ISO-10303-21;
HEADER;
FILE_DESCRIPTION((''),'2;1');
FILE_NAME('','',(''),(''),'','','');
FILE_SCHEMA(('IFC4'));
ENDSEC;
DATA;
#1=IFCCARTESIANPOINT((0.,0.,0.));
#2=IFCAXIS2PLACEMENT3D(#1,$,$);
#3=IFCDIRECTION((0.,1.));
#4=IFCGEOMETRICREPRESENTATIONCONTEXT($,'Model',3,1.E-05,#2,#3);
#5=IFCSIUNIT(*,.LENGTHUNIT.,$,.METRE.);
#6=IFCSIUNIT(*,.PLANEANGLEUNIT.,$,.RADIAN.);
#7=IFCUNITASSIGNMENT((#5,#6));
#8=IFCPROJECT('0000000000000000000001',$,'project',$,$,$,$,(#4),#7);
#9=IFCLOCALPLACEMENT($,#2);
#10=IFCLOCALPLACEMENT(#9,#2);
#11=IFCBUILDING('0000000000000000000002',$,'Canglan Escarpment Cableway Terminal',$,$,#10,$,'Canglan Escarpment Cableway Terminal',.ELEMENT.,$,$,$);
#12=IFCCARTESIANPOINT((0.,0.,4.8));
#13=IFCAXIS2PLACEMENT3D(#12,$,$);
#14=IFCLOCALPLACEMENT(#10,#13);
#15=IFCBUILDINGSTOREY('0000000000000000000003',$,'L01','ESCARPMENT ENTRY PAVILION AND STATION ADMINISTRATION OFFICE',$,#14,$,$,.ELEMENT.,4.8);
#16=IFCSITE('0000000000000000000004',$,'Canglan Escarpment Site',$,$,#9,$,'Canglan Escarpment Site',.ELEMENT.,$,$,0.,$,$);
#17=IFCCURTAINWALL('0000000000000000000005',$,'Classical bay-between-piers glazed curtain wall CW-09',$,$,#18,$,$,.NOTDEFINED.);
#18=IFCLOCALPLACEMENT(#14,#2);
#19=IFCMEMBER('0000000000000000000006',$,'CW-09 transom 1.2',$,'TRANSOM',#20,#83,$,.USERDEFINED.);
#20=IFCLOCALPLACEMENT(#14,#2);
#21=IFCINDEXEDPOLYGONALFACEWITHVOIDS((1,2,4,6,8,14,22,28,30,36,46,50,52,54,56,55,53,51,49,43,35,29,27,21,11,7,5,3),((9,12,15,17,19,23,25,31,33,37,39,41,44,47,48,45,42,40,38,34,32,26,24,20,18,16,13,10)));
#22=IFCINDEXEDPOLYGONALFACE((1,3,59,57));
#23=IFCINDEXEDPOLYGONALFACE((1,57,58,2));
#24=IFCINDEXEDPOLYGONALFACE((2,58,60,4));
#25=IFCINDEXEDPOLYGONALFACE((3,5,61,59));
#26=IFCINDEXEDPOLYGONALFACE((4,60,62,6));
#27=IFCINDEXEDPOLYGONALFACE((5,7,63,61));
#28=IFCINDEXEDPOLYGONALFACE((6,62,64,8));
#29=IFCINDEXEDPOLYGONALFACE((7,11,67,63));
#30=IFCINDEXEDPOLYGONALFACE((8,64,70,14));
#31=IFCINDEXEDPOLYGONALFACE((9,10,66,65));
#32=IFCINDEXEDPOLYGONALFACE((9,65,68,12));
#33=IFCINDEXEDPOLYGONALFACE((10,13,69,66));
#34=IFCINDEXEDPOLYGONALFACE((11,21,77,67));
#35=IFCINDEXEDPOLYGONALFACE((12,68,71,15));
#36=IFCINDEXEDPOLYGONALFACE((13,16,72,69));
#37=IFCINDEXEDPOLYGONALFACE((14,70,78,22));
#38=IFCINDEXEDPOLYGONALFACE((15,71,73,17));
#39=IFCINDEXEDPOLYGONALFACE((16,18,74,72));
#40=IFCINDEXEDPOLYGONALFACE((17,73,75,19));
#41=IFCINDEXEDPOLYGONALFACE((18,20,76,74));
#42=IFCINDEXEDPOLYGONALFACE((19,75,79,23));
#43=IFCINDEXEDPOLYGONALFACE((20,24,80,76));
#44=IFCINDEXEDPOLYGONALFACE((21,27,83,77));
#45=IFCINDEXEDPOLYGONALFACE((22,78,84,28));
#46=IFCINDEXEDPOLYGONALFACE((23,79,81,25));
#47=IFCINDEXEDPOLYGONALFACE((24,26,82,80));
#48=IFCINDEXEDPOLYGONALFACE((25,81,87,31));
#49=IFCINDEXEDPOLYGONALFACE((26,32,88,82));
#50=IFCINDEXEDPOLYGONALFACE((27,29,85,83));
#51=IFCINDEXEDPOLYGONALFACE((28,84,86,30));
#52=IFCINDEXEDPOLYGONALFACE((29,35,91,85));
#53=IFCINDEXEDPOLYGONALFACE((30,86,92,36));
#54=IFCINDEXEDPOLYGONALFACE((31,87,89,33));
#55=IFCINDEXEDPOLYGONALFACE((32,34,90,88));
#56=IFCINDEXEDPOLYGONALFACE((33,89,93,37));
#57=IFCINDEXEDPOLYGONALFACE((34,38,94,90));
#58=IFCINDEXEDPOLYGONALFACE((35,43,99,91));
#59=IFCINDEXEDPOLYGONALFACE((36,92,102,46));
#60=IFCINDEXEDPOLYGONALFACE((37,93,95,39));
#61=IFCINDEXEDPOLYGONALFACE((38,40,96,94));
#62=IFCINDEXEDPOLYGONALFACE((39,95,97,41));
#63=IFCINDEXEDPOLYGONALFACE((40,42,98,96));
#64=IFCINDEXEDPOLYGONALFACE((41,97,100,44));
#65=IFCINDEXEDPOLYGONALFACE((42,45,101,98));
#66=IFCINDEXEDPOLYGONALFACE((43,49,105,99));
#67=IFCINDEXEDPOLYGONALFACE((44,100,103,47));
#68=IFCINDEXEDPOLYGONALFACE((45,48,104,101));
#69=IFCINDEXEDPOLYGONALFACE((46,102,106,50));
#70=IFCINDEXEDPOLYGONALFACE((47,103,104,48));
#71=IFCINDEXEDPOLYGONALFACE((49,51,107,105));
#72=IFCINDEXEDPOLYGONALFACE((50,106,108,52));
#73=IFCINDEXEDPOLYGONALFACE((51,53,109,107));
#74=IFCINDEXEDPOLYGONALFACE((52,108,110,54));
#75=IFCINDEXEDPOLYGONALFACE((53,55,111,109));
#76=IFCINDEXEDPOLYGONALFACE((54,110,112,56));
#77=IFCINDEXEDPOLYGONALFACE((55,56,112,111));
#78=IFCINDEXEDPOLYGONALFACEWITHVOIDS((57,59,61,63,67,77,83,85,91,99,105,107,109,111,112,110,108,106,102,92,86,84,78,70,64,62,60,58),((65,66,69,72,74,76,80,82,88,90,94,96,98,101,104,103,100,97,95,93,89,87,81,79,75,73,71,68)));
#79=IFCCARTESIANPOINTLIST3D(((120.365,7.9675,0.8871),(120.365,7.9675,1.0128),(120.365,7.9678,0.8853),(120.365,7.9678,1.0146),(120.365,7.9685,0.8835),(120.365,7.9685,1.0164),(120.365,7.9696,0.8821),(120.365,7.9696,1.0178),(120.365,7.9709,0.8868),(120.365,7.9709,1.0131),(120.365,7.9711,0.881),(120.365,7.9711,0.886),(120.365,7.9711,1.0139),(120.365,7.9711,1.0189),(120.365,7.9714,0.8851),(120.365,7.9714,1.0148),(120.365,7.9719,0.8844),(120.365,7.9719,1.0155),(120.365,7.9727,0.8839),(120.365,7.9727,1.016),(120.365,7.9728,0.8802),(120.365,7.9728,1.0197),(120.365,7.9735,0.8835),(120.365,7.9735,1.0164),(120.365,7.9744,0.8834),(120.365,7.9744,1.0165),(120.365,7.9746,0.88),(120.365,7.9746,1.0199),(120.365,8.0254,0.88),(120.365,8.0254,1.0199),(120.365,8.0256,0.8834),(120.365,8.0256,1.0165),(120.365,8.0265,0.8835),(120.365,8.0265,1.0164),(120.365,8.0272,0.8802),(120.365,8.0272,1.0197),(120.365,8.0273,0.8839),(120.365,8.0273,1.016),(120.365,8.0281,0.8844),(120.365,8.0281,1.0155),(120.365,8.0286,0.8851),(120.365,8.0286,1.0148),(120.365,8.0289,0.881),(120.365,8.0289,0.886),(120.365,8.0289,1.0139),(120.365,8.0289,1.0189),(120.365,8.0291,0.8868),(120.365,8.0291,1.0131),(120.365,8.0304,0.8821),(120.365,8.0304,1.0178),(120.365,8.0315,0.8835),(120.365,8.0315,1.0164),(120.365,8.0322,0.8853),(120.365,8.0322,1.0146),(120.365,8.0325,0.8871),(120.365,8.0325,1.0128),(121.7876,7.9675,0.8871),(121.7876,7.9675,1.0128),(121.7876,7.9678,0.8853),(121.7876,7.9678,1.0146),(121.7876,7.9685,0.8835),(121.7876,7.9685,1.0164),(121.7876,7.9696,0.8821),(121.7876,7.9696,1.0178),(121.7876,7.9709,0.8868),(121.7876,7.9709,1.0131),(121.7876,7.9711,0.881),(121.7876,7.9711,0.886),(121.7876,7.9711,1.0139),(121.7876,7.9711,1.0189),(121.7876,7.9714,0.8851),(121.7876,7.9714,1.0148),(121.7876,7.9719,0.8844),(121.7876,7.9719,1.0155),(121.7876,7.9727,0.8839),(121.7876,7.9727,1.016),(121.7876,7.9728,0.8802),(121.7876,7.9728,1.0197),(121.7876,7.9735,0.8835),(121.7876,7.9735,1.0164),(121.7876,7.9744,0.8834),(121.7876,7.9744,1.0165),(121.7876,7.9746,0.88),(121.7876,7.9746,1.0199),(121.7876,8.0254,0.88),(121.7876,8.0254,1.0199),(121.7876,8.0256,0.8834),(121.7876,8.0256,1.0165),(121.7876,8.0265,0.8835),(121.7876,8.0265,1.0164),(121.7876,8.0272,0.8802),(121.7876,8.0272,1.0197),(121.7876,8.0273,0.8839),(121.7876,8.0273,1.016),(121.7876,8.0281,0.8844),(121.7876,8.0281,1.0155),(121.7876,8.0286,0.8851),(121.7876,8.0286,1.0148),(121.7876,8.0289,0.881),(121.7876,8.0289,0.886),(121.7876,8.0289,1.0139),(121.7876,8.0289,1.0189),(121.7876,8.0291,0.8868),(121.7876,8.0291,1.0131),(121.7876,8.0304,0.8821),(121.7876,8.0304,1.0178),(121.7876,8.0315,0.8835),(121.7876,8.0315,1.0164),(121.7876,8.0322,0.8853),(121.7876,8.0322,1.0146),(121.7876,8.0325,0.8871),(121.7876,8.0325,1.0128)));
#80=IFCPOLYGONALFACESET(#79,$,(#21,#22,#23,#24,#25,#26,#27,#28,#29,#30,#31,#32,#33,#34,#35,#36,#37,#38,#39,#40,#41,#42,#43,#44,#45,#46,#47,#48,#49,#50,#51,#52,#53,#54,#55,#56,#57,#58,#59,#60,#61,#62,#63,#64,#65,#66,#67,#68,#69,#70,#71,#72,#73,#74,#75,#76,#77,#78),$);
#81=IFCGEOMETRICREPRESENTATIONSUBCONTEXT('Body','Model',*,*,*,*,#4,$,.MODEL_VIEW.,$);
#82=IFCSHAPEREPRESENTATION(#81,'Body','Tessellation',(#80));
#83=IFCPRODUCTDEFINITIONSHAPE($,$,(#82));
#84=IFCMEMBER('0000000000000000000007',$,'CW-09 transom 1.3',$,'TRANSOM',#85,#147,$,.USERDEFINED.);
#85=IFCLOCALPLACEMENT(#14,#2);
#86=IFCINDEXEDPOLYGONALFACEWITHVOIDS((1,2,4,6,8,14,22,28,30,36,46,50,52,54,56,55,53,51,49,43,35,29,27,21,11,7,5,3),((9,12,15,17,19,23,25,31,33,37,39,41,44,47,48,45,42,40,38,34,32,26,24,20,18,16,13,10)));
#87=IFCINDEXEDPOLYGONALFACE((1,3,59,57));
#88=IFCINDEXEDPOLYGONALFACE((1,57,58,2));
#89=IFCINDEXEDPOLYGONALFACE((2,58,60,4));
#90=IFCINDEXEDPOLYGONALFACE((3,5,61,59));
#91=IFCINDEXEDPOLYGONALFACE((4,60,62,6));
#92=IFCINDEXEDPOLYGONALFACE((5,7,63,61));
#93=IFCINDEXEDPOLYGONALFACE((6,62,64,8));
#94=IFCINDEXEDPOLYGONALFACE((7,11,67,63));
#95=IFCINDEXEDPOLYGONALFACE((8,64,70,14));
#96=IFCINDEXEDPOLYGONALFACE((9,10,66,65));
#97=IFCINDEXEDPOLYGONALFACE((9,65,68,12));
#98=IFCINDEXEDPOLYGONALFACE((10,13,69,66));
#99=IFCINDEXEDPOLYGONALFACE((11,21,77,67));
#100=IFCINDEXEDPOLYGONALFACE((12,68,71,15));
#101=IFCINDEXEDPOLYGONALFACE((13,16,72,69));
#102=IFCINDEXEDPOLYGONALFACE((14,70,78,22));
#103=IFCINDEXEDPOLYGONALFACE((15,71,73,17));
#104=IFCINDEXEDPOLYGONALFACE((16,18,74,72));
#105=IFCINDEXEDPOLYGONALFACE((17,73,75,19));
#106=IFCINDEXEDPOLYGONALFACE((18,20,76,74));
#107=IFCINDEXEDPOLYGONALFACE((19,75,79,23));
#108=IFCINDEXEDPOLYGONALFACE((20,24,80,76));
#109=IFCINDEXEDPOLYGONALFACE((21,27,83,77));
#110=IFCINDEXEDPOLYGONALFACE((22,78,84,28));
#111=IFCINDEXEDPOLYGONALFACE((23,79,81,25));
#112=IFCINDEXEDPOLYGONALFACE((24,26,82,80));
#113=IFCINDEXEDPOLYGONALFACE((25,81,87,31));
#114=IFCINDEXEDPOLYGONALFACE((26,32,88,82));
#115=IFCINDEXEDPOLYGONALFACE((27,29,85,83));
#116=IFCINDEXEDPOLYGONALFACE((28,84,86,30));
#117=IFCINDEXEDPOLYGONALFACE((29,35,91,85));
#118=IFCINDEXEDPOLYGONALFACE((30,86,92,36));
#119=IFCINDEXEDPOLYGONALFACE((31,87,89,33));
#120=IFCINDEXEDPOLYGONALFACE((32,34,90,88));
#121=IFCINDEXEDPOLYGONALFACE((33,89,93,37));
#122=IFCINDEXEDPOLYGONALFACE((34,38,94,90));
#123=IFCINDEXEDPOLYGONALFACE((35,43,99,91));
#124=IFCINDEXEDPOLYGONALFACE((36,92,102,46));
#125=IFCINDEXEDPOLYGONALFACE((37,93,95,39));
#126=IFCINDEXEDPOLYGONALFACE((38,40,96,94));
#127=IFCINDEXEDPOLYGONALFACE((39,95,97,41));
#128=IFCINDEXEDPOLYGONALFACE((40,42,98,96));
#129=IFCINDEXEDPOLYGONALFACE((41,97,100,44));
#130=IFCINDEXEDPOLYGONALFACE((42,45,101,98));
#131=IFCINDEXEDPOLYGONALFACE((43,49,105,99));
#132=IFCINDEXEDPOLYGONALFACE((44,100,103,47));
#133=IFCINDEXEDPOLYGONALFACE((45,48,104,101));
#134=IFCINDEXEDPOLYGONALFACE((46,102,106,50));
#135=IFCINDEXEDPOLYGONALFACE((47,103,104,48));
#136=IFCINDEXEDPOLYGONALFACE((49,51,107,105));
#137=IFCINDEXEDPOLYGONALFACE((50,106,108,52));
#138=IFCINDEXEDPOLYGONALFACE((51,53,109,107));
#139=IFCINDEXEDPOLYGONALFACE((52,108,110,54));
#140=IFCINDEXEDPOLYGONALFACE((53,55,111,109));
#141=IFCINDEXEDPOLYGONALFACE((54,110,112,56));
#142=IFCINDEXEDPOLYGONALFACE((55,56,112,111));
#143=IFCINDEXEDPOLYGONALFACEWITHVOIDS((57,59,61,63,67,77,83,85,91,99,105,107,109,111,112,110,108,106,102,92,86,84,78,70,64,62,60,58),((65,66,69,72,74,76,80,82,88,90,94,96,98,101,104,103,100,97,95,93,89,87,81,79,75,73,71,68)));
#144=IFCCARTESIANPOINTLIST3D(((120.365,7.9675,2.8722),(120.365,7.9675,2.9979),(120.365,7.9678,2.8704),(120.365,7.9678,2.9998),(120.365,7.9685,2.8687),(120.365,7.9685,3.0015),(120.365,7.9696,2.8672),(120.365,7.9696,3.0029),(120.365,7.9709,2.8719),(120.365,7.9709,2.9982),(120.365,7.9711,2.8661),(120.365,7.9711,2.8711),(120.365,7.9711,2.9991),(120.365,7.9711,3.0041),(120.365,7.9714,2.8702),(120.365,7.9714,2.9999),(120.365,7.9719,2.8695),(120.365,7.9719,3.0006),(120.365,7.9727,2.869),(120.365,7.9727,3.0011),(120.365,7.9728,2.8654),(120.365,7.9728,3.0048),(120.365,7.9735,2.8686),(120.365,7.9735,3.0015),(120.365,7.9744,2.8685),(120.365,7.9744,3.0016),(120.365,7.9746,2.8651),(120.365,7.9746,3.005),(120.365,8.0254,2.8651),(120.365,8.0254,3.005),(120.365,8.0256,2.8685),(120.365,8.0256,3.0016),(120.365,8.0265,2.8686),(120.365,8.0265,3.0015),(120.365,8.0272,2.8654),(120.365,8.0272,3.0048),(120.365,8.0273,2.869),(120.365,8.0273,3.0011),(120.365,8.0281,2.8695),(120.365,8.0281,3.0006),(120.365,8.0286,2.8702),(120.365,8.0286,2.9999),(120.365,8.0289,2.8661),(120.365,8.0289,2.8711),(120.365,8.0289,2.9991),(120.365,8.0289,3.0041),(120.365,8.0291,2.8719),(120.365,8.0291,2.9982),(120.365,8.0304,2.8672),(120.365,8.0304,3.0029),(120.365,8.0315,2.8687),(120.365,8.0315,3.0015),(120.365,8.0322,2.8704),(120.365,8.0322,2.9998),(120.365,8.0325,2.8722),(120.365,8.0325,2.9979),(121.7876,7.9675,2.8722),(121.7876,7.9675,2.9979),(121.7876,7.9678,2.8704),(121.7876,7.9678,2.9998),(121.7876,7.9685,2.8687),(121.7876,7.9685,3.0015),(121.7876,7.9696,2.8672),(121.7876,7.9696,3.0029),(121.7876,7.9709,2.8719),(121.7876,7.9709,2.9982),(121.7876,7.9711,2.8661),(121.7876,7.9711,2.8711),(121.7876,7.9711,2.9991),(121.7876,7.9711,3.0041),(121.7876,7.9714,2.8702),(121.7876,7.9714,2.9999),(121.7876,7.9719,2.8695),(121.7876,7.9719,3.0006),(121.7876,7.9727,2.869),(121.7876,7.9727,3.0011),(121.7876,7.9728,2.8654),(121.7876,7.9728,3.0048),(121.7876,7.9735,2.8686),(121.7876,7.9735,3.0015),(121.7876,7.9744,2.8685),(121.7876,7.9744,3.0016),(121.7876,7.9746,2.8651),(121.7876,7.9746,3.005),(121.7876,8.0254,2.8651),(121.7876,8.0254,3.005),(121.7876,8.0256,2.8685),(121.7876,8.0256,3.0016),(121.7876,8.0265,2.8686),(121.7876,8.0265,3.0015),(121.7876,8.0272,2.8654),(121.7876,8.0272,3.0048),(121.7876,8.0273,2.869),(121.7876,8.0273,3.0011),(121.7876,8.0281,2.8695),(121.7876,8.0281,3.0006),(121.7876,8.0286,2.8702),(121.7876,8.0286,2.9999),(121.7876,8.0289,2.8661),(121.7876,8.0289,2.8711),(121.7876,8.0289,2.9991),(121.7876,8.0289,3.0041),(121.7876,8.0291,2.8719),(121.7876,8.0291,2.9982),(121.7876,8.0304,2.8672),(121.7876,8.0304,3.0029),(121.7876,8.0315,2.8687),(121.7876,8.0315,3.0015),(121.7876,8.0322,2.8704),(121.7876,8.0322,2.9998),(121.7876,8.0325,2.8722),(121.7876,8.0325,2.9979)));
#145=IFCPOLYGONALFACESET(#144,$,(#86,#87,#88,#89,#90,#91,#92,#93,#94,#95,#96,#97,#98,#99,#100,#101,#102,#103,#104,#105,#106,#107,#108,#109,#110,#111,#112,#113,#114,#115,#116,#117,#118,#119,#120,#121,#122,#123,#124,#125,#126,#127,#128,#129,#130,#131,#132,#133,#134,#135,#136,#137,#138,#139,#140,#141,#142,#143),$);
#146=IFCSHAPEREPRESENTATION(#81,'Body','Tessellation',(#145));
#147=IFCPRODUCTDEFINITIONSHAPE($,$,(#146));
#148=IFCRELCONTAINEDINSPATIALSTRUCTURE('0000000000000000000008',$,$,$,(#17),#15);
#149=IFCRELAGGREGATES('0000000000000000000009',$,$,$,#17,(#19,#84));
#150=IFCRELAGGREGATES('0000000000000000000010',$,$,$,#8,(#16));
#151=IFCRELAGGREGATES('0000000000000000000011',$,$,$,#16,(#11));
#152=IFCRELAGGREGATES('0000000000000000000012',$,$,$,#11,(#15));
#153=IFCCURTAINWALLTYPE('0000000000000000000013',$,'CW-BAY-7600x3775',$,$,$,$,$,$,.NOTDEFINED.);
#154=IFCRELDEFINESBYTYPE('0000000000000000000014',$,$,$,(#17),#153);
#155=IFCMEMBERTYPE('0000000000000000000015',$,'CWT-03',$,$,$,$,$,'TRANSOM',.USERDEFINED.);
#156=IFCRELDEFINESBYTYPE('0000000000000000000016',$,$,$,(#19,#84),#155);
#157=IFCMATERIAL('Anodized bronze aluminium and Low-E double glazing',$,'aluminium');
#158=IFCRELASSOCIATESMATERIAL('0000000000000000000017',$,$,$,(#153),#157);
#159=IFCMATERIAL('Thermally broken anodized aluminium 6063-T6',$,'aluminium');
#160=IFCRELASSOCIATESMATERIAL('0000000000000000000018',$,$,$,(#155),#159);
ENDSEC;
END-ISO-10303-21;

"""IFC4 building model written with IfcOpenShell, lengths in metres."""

from ifc_helpers import new_model, si_unit, direction, frame, origin, origin_2d, place, context, subcontext, project, spatial, hollow_rectangle, extrude, material, material_profile, profile_set, type_object, element, aggregate, save


model = new_model("IFC4")

# Units and contexts
model_context = context("Model", 3, precision=1e-05, world=origin(), true_north=direction((0.0, 1.0)))
body_context = subcontext(model_context, "Body", "Model", "MODEL_VIEW")
ifc_project = project(units=[si_unit("LENGTHUNIT", "METRE"), si_unit("PLANEANGLEUNIT", "RADIAN")], contexts=[model_context])

# Site, building, storey
site_placement = place(None, origin())
site = spatial("IfcSite", under=ifc_project, at=site_placement, Name="Canglan Escarpment Site", LongName="Canglan Escarpment Site", CompositionType="ELEMENT", RefElevation=0.0)
building_placement = place(site_placement, origin())
building = spatial("IfcBuilding", under=site, at=building_placement, Name="Canglan Escarpment Cableway Terminal", LongName="Canglan Escarpment Cableway Terminal", CompositionType="ELEMENT")
storey_placement = place(building_placement, frame((0.0, 0.0, 4.8)))
storey = spatial("IfcBuildingStorey", under=building, at=storey_placement, Name="L01", Description="ESCARPMENT ENTRY PAVILION AND STATION ADMINISTRATION OFFICE", CompositionType="ELEMENT", Elevation=4.8)

# Curtain wall, members
ifc_material_1 = material(Name="Anodized bronze aluminium and Low-E double glazing", Category="aluminium")
curtain_wall_type = type_object("IfcCurtainWallType", Name="CW-BAY-7600x3775", PredefinedType="NOTDEFINED", material=ifc_material_1)
curtain_wall_placement = place(storey_placement, origin())
curtain_wall = element("IfcCurtainWall", 1, at=curtain_wall_placement, inside=storey, type_object=curtain_wall_type, Name="Classical bay-between-piers glazed curtain wall CW-09", PredefinedType="NOTDEFINED")
ifc_material_2 = material(Name="Thermally broken anodized aluminium 6063-T6", Category="aluminium")
ifc_material_profile_1 = material_profile(ifc_material_2, hollow_rectangle(XDim=0.0649, YDim=0.1399, WallThickness=0.0034, InnerFilletRadius=0.0034, OuterFilletRadius=0.0071, at=origin_2d()), Name="ALU-TRAN 65x140x3.5")
ifc_profile_set_1 = profile_set([ifc_material_profile_1], Name="Thermally broken anodized aluminium 6063-T6")
member_type_1 = type_object("IfcMemberType", Name="CWT-03", ElementType="TRANSOM", PredefinedType="USERDEFINED", material=ifc_profile_set_1)
member_1_placement = place(storey_placement, frame((120.365, 8.0, 0.95), z_axis=(1.0, 0.0, 0.0), x_axis=(0.0, 1.0, 0.0)))
member_1 = element("IfcMember", 2, at=member_1_placement, type_object=member_type_1, Name="CW-09 transom 1.2", ObjectType="TRANSOM", PredefinedType="USERDEFINED", context=body_context, shape_type="SweptSolid", body=[
    extrude(hollow_rectangle(XDim=0.0649, YDim=0.1399, WallThickness=0.0034, InnerFilletRadius=0.0034, OuterFilletRadius=0.0071, at=origin_2d()), origin(), (0.0, 0.0, 1.0), 1.4226),
])
member_2_placement = place(storey_placement, frame((120.365, 8.0, 2.9351), z_axis=(1.0, 0.0, 0.0), x_axis=(0.0, 1.0, 0.0)))
member_2 = element("IfcMember", 3, at=member_2_placement, type_object=member_type_1, Name="CW-09 transom 1.3", ObjectType="TRANSOM", PredefinedType="USERDEFINED", context=body_context, shape_type="SweptSolid", body=[
    extrude(hollow_rectangle(XDim=0.0649, YDim=0.1399, WallThickness=0.0034, InnerFilletRadius=0.0034, OuterFilletRadius=0.0071, at=origin_2d()), origin(), (0.0, 0.0, 1.0), 1.4226),
])

aggregate(curtain_wall, [member_1, member_2])

save(model, "model.ifc")
